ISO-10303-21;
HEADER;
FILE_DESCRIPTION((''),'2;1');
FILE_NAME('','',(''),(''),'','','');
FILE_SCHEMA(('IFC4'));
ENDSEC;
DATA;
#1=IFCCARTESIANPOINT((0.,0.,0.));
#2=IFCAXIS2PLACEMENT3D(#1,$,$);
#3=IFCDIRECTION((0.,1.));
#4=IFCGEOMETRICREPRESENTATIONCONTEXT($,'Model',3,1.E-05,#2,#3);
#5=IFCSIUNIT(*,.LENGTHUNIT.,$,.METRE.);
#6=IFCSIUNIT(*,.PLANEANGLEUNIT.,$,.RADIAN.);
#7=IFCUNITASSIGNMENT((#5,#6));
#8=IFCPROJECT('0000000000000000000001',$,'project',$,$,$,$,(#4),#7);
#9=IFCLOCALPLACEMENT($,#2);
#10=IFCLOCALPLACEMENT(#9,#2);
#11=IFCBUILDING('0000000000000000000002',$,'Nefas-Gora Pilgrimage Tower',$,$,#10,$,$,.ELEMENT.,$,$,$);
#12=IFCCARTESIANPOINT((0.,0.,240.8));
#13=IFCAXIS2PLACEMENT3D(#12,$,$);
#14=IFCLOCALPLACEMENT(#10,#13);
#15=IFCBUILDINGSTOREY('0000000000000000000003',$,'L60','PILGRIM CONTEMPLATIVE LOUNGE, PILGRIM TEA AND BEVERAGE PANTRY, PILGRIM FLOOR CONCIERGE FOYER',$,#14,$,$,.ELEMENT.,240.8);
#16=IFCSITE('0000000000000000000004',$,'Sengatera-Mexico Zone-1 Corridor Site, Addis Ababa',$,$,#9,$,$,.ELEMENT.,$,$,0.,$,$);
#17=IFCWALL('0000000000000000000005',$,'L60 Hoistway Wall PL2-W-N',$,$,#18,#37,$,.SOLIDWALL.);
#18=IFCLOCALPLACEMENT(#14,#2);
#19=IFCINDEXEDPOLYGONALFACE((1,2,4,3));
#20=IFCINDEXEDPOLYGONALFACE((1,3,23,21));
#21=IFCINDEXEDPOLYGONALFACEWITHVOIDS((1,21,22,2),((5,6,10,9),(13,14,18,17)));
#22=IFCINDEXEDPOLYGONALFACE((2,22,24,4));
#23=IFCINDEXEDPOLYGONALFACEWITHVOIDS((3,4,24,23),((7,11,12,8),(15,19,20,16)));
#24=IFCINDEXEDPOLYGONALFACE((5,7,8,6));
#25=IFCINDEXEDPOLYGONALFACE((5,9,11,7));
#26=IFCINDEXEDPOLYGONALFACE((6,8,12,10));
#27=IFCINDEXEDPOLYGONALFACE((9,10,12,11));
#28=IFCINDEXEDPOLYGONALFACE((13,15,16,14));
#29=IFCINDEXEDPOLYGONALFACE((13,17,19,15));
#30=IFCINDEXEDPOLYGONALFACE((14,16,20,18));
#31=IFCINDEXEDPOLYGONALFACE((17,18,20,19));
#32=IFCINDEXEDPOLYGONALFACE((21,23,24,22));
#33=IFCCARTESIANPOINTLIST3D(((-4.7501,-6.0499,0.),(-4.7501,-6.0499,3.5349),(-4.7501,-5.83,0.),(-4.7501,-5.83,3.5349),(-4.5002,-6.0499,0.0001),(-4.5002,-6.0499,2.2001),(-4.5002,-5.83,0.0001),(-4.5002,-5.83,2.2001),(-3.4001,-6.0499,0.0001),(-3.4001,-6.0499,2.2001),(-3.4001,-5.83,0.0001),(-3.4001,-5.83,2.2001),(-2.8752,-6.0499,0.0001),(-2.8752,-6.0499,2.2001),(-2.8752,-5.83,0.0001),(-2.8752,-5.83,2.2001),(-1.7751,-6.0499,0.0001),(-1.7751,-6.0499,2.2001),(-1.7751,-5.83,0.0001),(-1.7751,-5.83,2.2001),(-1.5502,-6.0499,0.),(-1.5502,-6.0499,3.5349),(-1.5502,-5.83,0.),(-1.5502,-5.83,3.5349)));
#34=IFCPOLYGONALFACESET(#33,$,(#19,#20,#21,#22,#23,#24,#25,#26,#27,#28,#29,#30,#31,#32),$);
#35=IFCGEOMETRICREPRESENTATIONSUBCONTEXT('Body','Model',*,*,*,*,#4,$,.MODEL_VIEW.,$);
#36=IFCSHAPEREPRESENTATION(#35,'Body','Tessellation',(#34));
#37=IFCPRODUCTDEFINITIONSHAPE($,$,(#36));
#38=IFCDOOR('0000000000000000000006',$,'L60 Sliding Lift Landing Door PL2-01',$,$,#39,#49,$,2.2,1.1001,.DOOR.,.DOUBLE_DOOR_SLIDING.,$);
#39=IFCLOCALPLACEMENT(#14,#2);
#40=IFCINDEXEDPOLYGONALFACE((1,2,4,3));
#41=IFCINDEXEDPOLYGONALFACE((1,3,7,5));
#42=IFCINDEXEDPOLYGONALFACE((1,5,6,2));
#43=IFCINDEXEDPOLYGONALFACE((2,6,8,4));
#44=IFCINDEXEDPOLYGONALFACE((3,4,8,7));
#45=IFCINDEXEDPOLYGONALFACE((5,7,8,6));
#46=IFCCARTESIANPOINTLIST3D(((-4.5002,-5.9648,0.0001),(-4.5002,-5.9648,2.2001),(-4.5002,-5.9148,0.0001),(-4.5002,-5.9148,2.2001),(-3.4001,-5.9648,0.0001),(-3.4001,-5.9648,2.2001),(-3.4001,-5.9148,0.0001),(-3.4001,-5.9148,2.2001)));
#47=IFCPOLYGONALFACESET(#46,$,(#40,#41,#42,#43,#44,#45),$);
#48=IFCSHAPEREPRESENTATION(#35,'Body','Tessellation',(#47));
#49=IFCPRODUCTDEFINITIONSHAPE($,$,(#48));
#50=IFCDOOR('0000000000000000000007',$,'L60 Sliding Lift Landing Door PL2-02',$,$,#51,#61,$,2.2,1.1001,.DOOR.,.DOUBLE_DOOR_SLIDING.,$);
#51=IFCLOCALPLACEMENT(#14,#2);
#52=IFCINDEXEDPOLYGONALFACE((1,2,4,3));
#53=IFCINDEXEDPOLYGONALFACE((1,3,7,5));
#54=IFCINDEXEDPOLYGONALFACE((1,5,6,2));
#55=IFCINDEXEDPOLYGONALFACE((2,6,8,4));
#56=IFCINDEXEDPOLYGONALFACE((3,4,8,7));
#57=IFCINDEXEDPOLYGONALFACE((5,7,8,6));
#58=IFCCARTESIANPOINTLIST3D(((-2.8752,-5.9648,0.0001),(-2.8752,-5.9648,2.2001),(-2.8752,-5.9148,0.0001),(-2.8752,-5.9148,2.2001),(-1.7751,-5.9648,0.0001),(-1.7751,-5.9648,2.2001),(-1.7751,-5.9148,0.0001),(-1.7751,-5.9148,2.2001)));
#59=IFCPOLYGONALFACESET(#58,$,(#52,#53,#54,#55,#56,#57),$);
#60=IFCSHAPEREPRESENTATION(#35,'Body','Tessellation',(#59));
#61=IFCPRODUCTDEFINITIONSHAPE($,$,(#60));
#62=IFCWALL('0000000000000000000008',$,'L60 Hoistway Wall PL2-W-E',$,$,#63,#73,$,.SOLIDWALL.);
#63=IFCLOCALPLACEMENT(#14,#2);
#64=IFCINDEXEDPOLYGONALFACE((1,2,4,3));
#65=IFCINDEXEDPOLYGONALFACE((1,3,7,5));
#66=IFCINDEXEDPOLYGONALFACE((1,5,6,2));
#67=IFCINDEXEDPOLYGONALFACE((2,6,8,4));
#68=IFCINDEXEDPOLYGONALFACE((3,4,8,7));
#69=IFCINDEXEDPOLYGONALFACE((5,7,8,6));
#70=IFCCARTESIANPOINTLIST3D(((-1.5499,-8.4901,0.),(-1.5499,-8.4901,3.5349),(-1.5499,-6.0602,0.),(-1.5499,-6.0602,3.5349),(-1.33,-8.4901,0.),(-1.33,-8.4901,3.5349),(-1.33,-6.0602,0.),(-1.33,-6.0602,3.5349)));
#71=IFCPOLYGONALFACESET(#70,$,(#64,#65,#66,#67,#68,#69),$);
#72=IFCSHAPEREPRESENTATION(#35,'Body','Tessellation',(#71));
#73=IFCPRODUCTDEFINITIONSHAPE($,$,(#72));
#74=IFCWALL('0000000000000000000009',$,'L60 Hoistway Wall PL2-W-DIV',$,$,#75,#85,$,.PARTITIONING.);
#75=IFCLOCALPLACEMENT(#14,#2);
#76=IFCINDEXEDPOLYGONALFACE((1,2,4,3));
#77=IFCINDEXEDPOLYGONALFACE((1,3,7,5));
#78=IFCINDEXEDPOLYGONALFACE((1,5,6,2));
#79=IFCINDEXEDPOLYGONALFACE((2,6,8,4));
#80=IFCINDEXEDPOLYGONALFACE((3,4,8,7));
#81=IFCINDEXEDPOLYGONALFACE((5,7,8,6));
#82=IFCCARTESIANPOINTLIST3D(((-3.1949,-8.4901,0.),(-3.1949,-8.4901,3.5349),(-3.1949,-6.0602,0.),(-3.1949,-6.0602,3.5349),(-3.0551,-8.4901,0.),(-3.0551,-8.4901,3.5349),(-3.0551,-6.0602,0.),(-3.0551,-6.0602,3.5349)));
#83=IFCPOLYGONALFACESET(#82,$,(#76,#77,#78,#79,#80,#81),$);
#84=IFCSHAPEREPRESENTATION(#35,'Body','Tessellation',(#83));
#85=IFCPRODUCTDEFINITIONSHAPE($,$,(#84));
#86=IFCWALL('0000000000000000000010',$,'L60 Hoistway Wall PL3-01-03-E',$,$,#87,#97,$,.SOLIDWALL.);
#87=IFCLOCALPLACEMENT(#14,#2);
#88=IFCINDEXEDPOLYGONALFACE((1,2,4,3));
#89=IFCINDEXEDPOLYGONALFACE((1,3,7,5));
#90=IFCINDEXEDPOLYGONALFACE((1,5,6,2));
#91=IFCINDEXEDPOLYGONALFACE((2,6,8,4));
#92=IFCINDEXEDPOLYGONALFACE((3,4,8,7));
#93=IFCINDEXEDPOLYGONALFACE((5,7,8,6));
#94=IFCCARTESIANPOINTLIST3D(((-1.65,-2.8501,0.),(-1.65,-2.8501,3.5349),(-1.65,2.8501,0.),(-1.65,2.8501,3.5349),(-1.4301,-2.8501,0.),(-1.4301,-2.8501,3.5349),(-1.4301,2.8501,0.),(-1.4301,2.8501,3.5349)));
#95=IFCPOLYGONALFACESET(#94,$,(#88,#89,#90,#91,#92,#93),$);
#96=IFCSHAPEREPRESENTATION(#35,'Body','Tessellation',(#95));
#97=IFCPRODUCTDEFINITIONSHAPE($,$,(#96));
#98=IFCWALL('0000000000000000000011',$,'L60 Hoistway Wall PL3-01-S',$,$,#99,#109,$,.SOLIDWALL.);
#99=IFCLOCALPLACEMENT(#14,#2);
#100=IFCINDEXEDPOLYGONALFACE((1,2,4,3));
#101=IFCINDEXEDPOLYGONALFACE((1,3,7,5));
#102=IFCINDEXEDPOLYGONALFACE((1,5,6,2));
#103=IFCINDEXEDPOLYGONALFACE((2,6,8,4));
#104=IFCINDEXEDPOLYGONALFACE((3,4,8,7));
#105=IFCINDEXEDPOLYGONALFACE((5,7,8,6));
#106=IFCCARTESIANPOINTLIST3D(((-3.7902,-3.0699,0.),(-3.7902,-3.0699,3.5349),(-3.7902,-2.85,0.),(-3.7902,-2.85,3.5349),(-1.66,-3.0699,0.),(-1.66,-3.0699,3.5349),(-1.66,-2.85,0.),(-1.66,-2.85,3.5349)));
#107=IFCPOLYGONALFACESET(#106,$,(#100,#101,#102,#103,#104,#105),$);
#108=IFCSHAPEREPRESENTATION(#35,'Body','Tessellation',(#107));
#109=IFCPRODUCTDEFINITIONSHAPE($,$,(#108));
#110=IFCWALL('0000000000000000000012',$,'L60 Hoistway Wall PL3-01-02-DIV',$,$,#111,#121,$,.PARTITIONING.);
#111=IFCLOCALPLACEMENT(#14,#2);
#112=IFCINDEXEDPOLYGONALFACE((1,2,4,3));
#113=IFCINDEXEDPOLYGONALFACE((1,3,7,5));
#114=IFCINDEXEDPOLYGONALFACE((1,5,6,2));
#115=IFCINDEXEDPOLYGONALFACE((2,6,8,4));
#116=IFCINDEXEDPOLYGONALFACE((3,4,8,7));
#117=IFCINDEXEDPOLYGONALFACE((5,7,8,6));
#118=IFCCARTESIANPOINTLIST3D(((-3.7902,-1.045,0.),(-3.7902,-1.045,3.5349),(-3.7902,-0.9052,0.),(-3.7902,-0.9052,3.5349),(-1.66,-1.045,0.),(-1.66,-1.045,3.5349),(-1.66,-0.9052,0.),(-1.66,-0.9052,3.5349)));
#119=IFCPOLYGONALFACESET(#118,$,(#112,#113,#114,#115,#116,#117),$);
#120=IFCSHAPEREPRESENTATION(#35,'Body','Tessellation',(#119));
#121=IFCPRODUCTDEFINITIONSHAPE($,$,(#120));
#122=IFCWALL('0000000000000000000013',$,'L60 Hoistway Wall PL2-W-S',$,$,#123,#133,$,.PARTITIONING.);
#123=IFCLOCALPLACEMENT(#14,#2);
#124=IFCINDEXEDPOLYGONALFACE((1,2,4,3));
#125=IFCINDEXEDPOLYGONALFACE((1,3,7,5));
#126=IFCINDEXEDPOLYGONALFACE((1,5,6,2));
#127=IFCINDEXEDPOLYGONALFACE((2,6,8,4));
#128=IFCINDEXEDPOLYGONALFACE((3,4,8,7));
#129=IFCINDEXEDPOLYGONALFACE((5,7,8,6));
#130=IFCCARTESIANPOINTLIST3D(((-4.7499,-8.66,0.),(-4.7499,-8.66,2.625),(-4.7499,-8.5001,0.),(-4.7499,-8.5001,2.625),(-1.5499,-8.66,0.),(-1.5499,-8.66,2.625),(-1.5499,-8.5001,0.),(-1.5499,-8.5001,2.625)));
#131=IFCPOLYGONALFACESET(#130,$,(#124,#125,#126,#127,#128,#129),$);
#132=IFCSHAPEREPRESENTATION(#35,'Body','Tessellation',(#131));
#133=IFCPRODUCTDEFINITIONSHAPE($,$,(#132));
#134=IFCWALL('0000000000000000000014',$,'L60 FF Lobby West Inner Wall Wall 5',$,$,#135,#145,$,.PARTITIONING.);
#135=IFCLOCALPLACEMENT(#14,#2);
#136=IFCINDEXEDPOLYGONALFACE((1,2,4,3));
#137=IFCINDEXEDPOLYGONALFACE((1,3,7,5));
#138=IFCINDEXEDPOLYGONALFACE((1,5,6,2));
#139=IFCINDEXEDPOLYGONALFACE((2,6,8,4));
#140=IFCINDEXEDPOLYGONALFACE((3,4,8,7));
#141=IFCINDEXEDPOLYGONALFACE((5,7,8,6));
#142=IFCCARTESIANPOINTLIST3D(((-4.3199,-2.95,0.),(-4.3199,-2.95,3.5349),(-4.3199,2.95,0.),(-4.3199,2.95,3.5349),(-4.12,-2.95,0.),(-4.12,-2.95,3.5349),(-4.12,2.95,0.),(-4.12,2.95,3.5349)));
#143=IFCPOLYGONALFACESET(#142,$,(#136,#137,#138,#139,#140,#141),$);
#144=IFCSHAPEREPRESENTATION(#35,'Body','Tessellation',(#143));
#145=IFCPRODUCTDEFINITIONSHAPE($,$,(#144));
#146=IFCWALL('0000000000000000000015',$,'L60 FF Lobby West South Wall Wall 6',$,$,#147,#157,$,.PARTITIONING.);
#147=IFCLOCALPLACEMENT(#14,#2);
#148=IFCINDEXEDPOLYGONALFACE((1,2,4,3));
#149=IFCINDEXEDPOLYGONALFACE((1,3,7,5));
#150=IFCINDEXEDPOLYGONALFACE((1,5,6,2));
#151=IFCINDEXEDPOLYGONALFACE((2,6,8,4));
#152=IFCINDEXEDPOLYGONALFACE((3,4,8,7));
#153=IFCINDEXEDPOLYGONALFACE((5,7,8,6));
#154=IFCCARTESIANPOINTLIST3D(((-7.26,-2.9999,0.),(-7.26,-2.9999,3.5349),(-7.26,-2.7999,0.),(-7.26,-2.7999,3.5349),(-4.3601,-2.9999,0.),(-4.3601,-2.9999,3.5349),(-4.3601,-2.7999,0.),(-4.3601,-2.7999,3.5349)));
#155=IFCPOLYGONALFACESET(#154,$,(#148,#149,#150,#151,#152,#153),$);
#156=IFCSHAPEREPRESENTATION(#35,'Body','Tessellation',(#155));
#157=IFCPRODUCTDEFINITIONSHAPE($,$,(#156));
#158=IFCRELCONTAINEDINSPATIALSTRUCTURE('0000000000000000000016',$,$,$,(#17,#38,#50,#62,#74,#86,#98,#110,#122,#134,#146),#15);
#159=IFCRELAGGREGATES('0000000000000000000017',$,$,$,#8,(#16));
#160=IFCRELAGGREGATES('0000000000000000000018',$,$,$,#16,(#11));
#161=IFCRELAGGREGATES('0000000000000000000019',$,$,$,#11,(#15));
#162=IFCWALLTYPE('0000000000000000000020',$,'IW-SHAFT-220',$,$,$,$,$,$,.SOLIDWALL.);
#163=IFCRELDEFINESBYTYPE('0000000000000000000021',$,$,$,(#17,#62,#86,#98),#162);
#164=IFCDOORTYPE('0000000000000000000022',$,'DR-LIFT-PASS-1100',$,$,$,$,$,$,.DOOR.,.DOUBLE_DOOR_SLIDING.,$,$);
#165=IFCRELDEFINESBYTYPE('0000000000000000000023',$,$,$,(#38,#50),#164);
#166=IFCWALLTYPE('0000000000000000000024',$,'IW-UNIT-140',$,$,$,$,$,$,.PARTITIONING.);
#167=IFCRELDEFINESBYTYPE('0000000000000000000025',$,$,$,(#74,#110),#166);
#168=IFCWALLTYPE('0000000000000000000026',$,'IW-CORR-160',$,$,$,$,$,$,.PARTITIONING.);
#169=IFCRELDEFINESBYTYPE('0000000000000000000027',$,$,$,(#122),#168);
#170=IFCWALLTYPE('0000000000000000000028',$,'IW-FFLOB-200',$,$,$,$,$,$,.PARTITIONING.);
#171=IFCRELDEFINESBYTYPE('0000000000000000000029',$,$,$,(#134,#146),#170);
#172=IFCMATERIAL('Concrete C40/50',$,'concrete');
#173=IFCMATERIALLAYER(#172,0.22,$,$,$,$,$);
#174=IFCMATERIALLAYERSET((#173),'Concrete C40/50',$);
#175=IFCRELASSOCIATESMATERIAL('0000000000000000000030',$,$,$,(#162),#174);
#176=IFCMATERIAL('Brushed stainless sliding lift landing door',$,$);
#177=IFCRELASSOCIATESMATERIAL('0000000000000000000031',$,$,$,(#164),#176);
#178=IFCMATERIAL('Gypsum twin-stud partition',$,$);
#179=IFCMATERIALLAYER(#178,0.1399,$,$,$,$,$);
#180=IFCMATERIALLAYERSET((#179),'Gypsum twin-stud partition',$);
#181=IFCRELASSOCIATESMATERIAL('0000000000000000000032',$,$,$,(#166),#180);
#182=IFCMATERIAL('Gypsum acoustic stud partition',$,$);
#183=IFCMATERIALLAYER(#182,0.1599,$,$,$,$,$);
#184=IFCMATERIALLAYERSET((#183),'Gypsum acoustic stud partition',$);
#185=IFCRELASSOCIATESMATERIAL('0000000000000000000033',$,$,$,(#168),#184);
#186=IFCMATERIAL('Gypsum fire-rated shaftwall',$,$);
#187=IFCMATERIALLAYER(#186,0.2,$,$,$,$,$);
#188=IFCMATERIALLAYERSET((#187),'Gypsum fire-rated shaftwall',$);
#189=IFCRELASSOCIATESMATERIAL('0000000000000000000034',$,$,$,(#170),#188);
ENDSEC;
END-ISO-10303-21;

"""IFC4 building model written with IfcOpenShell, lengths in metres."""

from ifc_helpers import new_model, si_unit, direction, frame, frame_2d, origin, place, context, subcontext, project, spatial, rectangle, extrude, source, transform, mapped, material, layer, layer_set, type_object, element, fill, save


model = new_model("IFC4")

# Units and contexts
model_context = context("Model", 3, precision=1e-05, world=origin(), true_north=direction((0.0, 1.0)))
body_context = subcontext(model_context, "Body", "Model", "MODEL_VIEW")
ifc_project = project(units=[si_unit("LENGTHUNIT", "METRE"), si_unit("PLANEANGLEUNIT", "RADIAN")], contexts=[model_context])

# Site, building, storey
site_placement = place(None, origin())
site = spatial("IfcSite", under=ifc_project, at=site_placement, Name="Sengatera-Mexico Zone-1 Corridor Site, Addis Ababa", CompositionType="ELEMENT", RefElevation=0.0)
building_placement = place(site_placement, origin())
building = spatial("IfcBuilding", under=site, at=building_placement, Name="Nefas-Gora Pilgrimage Tower", CompositionType="ELEMENT")
storey_placement = place(building_placement, frame((0.0, 0.0, 240.8)))
storey = spatial("IfcBuildingStorey", under=building, at=storey_placement, Name="L60", Description="PILGRIM CONTEMPLATIVE LOUNGE, PILGRIM TEA AND BEVERAGE PANTRY, PILGRIM FLOOR CONCIERGE FOYER", CompositionType="ELEMENT", Elevation=240.8)

# Wall, openings, doors
ifc_material_1 = material(Name="Concrete C40/50", Category="concrete")
ifc_layer_1 = layer(ifc_material_1, 0.22)
ifc_layer_set_1 = layer_set([ifc_layer_1], Name="Concrete C40/50")
wall_type_1 = type_object("IfcWallType", Name="IW-SHAFT-220", PredefinedType="SOLIDWALL", material=ifc_layer_set_1)
shared_shape_1 = source(origin(), body_context, "Body", "SweptSolid", [
    extrude(rectangle(XDim=3.2, YDim=0.22, at=frame_2d((1.6001, 0.0))), origin(), (0.0, 0.0, 1.0), 3.5349),
])
wall_1_placement = place(storey_placement, frame((-1.55, -5.9399, 0.0), z_axis=(0.0, 0.0, 1.0), x_axis=(-1.0, 0.0, 0.0)))
wall_1 = element("IfcWall", 1, at=wall_1_placement, inside=storey, type_object=wall_type_1, Name="L60 Hoistway Wall PL2-W-N", PredefinedType="SOLIDWALL", context=body_context, shape_type="MappedRepresentation", body=[
    mapped(shared_shape_1, transform((0.0, 0.0, 0.0), x_axis=(1.0, 0.0, 0.0), y_axis=(0.0, 1.0, 0.0), z_axis=(0.0, 0.0, 1.0), scale=1.0)),
])
opening_1_placement = place(wall_1_placement, frame((1.8501, 0.0, 0.0)))
opening_1 = element("IfcOpeningElement", 2, at=opening_1_placement, cuts=wall_1, PredefinedType="OPENING", context=body_context, shape_type="SweptSolid", body=[
    extrude(rectangle(XDim=1.1001, YDim=2.2, at=frame_2d((0.55, 1.1001))), frame((0.0, 0.1199, 0.0), z_axis=(0.0, -1.0, 0.0), x_axis=(1.0, 0.0, 0.0)), (0.0, 0.0, 1.0), 0.24),
])
opening_2_placement = place(wall_1_placement, frame((0.2251, 0.0, 0.0)))
opening_2 = element("IfcOpeningElement", 3, at=opening_2_placement, cuts=wall_1, PredefinedType="OPENING", context=body_context, shape_type="SweptSolid", body=[
    extrude(rectangle(XDim=1.1001, YDim=2.2, at=frame_2d((0.55, 1.1001))), frame((0.0, 0.1199, 0.0), z_axis=(0.0, -1.0, 0.0), x_axis=(1.0, 0.0, 0.0)), (0.0, 0.0, 1.0), 0.24),
])
ifc_material_2 = material(Name="Brushed stainless sliding lift landing door")
door_type_1 = type_object("IfcDoorType", Name="DR-LIFT-PASS-1100", OperationType="DOUBLE_DOOR_SLIDING", PredefinedType="DOOR", material=ifc_material_2)
shared_shape_2 = source(origin(), body_context, "Body", "SweptSolid", [
    extrude(rectangle(XDim=1.1001, YDim=2.2, at=frame_2d((0.55, 1.1001))), frame((0.0, 0.0249, 0.0), z_axis=(0.0, -1.0, 0.0), x_axis=(1.0, 0.0, 0.0)), (0.0, 0.0, 1.0), 0.05),
])
door_1_placement = place(opening_1_placement, origin())
door_1 = element("IfcDoor", 4, at=door_1_placement, inside=storey, type_object=door_type_1, Name="L60 Sliding Lift Landing Door PL2-01", OperationType="DOUBLE_DOOR_SLIDING", OverallHeight=2.2, OverallWidth=1.1001, PredefinedType="DOOR", context=body_context, shape_type="MappedRepresentation", body=[
    mapped(shared_shape_2, transform((0.0, 0.0, 0.0), x_axis=(1.0, 0.0, 0.0), y_axis=(0.0, 1.0, 0.0), z_axis=(0.0, 0.0, 1.0), scale=1.0)),
])
fill(opening_1, door_1)
door_2_placement = place(opening_2_placement, origin())
door_2 = element("IfcDoor", 5, at=door_2_placement, inside=storey, type_object=door_type_1, Name="L60 Sliding Lift Landing Door PL2-02", OperationType="DOUBLE_DOOR_SLIDING", OverallHeight=2.2, OverallWidth=1.1001, PredefinedType="DOOR", context=body_context, shape_type="MappedRepresentation", body=[
    mapped(shared_shape_2, transform((0.0, 0.0, 0.0), x_axis=(1.0, 0.0, 0.0), y_axis=(0.0, 1.0, 0.0), z_axis=(0.0, 0.0, 1.0), scale=1.0)),
])
fill(opening_2, door_2)

# Walls
shared_shape_3 = source(origin(), body_context, "Body", "SweptSolid", [
    extrude(rectangle(XDim=2.4299, YDim=0.22, at=frame_2d((1.2148, 0.0))), origin(), (0.0, 0.0, 1.0), 3.5349),
])
for number, where, z_axis, x_axis, name in (
    (6, (-1.4399, -8.49, 0.0), (0.0, 0.0, 1.0), (0.0, 1.0, 0.0), "L60 Hoistway Wall PL2-W-E"),
):
    element("IfcWall", number, at=place(storey_placement, frame(where, z_axis=z_axis, x_axis=x_axis)), inside=storey, type_object=wall_type_1, Name=name, PredefinedType="SOLIDWALL", context=body_context, shape_type="MappedRepresentation", body=[
        mapped(shared_shape_3, transform((0.0, 0.0, 0.0), x_axis=(1.0, 0.0, 0.0), y_axis=(0.0, 1.0, 0.0), z_axis=(0.0, 0.0, 1.0), scale=1.0)),
    ])
ifc_material_3 = material(Name="Gypsum twin-stud partition")
ifc_layer_2 = layer(ifc_material_3, 0.1399)
ifc_layer_set_2 = layer_set([ifc_layer_2], Name="Gypsum twin-stud partition")
wall_type_2 = type_object("IfcWallType", Name="IW-UNIT-140", PredefinedType="PARTITIONING", material=ifc_layer_set_2)
shared_shape_4 = source(origin(), body_context, "Body", "SweptSolid", [
    extrude(rectangle(XDim=2.4299, YDim=0.1399, at=frame_2d((1.2148, 0.0))), origin(), (0.0, 0.0, 1.0), 3.5349),
])
wall_2_placement = place(storey_placement, frame((-3.125, -8.49, 0.0), z_axis=(0.0, 0.0, 1.0), x_axis=(0.0, 1.0, 0.0)))
element("IfcWall", 7, at=wall_2_placement, inside=storey, type_object=wall_type_2, Name="L60 Hoistway Wall PL2-W-DIV", PredefinedType="PARTITIONING", context=body_context, shape_type="MappedRepresentation", body=[
    mapped(shared_shape_4, transform((0.0, 0.0, 0.0), x_axis=(1.0, 0.0, 0.0), y_axis=(0.0, 1.0, 0.0), z_axis=(0.0, 0.0, 1.0), scale=1.0)),
])
shared_shape_5 = source(origin(), body_context, "Body", "SweptSolid", [
    extrude(rectangle(XDim=5.7002, YDim=0.22, at=frame_2d((2.8501, 0.0))), origin(), (0.0, 0.0, 1.0), 3.5349),
])
wall_3_placement = place(storey_placement, frame((-1.54, -2.8501, 0.0), z_axis=(0.0, 0.0, 1.0), x_axis=(0.0, 1.0, 0.0)))
element("IfcWall", 8, at=wall_3_placement, inside=storey, type_object=wall_type_1, Name="L60 Hoistway Wall PL3-01-03-E", PredefinedType="SOLIDWALL", context=body_context, shape_type="MappedRepresentation", body=[
    mapped(shared_shape_5, transform((0.0, 0.0, 0.0), x_axis=(1.0, 0.0, 0.0), y_axis=(0.0, 1.0, 0.0), z_axis=(0.0, 0.0, 1.0), scale=1.0)),
])
shared_shape_6 = source(origin(), body_context, "Body", "SweptSolid", [
    extrude(rectangle(XDim=2.1301, YDim=0.22, at=frame_2d((1.0649, 0.0))), origin(), (0.0, 0.0, 1.0), 3.5349),
])
wall_4_placement = place(storey_placement, frame((-3.79, -2.96, 0.0), z_axis=(0.0, 0.0, 1.0), x_axis=(1.0, 0.0, 0.0)))
element("IfcWall", 9, at=wall_4_placement, inside=storey, type_object=wall_type_1, Name="L60 Hoistway Wall PL3-01-S", PredefinedType="SOLIDWALL", context=body_context, shape_type="MappedRepresentation", body=[
    mapped(shared_shape_6, transform((0.0, 0.0, 0.0), x_axis=(1.0, 0.0, 0.0), y_axis=(0.0, 1.0, 0.0), z_axis=(0.0, 0.0, 1.0), scale=1.0)),
])
shared_shape_7 = source(origin(), body_context, "Body", "SweptSolid", [
    extrude(rectangle(XDim=2.1301, YDim=0.1399, at=frame_2d((1.0649, 0.0))), origin(), (0.0, 0.0, 1.0), 3.5349),
])
wall_5_placement = place(storey_placement, frame((-3.79, -0.9751, 0.0), z_axis=(0.0, 0.0, 1.0), x_axis=(1.0, 0.0, 0.0)))
element("IfcWall", 10, at=wall_5_placement, inside=storey, type_object=wall_type_2, Name="L60 Hoistway Wall PL3-01-02-DIV", PredefinedType="PARTITIONING", context=body_context, shape_type="MappedRepresentation", body=[
    mapped(shared_shape_7, transform((0.0, 0.0, 0.0), x_axis=(1.0, 0.0, 0.0), y_axis=(0.0, 1.0, 0.0), z_axis=(0.0, 0.0, 1.0), scale=1.0)),
])
ifc_material_4 = material(Name="Gypsum acoustic stud partition")
ifc_layer_3 = layer(ifc_material_4, 0.1599)
ifc_layer_set_3 = layer_set([ifc_layer_3], Name="Gypsum acoustic stud partition")
wall_type_3 = type_object("IfcWallType", Name="IW-CORR-160", PredefinedType="PARTITIONING", material=ifc_layer_set_3)
shared_shape_8 = source(origin(), body_context, "Body", "SweptSolid", [
    extrude(rectangle(XDim=3.2, YDim=0.1599, at=frame_2d((1.6001, 0.0))), origin(), (0.0, 0.0, 1.0), 2.625),
])
wall_6_placement = place(storey_placement, frame((-4.75, -8.5801, 0.0), z_axis=(0.0, 0.0, 1.0), x_axis=(1.0, 0.0, 0.0)))
element("IfcWall", 11, at=wall_6_placement, inside=storey, type_object=wall_type_3, Name="L60 Hoistway Wall PL2-W-S", PredefinedType="PARTITIONING", context=body_context, shape_type="MappedRepresentation", body=[
    mapped(shared_shape_8, transform((0.0, 0.0, 0.0), x_axis=(1.0, 0.0, 0.0), y_axis=(0.0, 1.0, 0.0), z_axis=(0.0, 0.0, 1.0), scale=1.0)),
])
ifc_material_5 = material(Name="Gypsum fire-rated shaftwall")
ifc_layer_4 = layer(ifc_material_5, 0.2)
ifc_layer_set_4 = layer_set([ifc_layer_4], Name="Gypsum fire-rated shaftwall")
wall_type_4 = type_object("IfcWallType", Name="IW-FFLOB-200", PredefinedType="PARTITIONING", material=ifc_layer_set_4)
shared_shape_9 = source(origin(), body_context, "Body", "SweptSolid", [
    extrude(rectangle(XDim=5.8999, YDim=0.2, at=frame_2d((2.95, 0.0))), origin(), (0.0, 0.0, 1.0), 3.5349),
])
wall_7_placement = place(storey_placement, frame((-4.22, -2.95, 0.0), z_axis=(0.0, 0.0, 1.0), x_axis=(0.0, 1.0, 0.0)))
element("IfcWall", 12, at=wall_7_placement, inside=storey, type_object=wall_type_4, Name="L60 FF Lobby West Inner Wall Wall 5", PredefinedType="PARTITIONING", context=body_context, shape_type="MappedRepresentation", body=[
    mapped(shared_shape_9, transform((0.0, 0.0, 0.0), x_axis=(1.0, 0.0, 0.0), y_axis=(0.0, 1.0, 0.0), z_axis=(0.0, 0.0, 1.0), scale=1.0)),
])
shared_shape_10 = source(origin(), body_context, "Body", "SweptSolid", [
    extrude(rectangle(XDim=2.8999, YDim=0.2, at=frame_2d((1.45, 0.0))), origin(), (0.0, 0.0, 1.0), 3.5349),
])
wall_8_placement = place(storey_placement, frame((-7.26, -2.8999, 0.0), z_axis=(0.0, 0.0, 1.0), x_axis=(1.0, 0.0, 0.0)))
element("IfcWall", 13, at=wall_8_placement, inside=storey, type_object=wall_type_4, Name="L60 FF Lobby West South Wall Wall 6", PredefinedType="PARTITIONING", context=body_context, shape_type="MappedRepresentation", body=[
    mapped(shared_shape_10, transform((0.0, 0.0, 0.0), x_axis=(1.0, 0.0, 0.0), y_axis=(0.0, 1.0, 0.0), z_axis=(0.0, 0.0, 1.0), scale=1.0)),
])

save(model, "model.ifc")
